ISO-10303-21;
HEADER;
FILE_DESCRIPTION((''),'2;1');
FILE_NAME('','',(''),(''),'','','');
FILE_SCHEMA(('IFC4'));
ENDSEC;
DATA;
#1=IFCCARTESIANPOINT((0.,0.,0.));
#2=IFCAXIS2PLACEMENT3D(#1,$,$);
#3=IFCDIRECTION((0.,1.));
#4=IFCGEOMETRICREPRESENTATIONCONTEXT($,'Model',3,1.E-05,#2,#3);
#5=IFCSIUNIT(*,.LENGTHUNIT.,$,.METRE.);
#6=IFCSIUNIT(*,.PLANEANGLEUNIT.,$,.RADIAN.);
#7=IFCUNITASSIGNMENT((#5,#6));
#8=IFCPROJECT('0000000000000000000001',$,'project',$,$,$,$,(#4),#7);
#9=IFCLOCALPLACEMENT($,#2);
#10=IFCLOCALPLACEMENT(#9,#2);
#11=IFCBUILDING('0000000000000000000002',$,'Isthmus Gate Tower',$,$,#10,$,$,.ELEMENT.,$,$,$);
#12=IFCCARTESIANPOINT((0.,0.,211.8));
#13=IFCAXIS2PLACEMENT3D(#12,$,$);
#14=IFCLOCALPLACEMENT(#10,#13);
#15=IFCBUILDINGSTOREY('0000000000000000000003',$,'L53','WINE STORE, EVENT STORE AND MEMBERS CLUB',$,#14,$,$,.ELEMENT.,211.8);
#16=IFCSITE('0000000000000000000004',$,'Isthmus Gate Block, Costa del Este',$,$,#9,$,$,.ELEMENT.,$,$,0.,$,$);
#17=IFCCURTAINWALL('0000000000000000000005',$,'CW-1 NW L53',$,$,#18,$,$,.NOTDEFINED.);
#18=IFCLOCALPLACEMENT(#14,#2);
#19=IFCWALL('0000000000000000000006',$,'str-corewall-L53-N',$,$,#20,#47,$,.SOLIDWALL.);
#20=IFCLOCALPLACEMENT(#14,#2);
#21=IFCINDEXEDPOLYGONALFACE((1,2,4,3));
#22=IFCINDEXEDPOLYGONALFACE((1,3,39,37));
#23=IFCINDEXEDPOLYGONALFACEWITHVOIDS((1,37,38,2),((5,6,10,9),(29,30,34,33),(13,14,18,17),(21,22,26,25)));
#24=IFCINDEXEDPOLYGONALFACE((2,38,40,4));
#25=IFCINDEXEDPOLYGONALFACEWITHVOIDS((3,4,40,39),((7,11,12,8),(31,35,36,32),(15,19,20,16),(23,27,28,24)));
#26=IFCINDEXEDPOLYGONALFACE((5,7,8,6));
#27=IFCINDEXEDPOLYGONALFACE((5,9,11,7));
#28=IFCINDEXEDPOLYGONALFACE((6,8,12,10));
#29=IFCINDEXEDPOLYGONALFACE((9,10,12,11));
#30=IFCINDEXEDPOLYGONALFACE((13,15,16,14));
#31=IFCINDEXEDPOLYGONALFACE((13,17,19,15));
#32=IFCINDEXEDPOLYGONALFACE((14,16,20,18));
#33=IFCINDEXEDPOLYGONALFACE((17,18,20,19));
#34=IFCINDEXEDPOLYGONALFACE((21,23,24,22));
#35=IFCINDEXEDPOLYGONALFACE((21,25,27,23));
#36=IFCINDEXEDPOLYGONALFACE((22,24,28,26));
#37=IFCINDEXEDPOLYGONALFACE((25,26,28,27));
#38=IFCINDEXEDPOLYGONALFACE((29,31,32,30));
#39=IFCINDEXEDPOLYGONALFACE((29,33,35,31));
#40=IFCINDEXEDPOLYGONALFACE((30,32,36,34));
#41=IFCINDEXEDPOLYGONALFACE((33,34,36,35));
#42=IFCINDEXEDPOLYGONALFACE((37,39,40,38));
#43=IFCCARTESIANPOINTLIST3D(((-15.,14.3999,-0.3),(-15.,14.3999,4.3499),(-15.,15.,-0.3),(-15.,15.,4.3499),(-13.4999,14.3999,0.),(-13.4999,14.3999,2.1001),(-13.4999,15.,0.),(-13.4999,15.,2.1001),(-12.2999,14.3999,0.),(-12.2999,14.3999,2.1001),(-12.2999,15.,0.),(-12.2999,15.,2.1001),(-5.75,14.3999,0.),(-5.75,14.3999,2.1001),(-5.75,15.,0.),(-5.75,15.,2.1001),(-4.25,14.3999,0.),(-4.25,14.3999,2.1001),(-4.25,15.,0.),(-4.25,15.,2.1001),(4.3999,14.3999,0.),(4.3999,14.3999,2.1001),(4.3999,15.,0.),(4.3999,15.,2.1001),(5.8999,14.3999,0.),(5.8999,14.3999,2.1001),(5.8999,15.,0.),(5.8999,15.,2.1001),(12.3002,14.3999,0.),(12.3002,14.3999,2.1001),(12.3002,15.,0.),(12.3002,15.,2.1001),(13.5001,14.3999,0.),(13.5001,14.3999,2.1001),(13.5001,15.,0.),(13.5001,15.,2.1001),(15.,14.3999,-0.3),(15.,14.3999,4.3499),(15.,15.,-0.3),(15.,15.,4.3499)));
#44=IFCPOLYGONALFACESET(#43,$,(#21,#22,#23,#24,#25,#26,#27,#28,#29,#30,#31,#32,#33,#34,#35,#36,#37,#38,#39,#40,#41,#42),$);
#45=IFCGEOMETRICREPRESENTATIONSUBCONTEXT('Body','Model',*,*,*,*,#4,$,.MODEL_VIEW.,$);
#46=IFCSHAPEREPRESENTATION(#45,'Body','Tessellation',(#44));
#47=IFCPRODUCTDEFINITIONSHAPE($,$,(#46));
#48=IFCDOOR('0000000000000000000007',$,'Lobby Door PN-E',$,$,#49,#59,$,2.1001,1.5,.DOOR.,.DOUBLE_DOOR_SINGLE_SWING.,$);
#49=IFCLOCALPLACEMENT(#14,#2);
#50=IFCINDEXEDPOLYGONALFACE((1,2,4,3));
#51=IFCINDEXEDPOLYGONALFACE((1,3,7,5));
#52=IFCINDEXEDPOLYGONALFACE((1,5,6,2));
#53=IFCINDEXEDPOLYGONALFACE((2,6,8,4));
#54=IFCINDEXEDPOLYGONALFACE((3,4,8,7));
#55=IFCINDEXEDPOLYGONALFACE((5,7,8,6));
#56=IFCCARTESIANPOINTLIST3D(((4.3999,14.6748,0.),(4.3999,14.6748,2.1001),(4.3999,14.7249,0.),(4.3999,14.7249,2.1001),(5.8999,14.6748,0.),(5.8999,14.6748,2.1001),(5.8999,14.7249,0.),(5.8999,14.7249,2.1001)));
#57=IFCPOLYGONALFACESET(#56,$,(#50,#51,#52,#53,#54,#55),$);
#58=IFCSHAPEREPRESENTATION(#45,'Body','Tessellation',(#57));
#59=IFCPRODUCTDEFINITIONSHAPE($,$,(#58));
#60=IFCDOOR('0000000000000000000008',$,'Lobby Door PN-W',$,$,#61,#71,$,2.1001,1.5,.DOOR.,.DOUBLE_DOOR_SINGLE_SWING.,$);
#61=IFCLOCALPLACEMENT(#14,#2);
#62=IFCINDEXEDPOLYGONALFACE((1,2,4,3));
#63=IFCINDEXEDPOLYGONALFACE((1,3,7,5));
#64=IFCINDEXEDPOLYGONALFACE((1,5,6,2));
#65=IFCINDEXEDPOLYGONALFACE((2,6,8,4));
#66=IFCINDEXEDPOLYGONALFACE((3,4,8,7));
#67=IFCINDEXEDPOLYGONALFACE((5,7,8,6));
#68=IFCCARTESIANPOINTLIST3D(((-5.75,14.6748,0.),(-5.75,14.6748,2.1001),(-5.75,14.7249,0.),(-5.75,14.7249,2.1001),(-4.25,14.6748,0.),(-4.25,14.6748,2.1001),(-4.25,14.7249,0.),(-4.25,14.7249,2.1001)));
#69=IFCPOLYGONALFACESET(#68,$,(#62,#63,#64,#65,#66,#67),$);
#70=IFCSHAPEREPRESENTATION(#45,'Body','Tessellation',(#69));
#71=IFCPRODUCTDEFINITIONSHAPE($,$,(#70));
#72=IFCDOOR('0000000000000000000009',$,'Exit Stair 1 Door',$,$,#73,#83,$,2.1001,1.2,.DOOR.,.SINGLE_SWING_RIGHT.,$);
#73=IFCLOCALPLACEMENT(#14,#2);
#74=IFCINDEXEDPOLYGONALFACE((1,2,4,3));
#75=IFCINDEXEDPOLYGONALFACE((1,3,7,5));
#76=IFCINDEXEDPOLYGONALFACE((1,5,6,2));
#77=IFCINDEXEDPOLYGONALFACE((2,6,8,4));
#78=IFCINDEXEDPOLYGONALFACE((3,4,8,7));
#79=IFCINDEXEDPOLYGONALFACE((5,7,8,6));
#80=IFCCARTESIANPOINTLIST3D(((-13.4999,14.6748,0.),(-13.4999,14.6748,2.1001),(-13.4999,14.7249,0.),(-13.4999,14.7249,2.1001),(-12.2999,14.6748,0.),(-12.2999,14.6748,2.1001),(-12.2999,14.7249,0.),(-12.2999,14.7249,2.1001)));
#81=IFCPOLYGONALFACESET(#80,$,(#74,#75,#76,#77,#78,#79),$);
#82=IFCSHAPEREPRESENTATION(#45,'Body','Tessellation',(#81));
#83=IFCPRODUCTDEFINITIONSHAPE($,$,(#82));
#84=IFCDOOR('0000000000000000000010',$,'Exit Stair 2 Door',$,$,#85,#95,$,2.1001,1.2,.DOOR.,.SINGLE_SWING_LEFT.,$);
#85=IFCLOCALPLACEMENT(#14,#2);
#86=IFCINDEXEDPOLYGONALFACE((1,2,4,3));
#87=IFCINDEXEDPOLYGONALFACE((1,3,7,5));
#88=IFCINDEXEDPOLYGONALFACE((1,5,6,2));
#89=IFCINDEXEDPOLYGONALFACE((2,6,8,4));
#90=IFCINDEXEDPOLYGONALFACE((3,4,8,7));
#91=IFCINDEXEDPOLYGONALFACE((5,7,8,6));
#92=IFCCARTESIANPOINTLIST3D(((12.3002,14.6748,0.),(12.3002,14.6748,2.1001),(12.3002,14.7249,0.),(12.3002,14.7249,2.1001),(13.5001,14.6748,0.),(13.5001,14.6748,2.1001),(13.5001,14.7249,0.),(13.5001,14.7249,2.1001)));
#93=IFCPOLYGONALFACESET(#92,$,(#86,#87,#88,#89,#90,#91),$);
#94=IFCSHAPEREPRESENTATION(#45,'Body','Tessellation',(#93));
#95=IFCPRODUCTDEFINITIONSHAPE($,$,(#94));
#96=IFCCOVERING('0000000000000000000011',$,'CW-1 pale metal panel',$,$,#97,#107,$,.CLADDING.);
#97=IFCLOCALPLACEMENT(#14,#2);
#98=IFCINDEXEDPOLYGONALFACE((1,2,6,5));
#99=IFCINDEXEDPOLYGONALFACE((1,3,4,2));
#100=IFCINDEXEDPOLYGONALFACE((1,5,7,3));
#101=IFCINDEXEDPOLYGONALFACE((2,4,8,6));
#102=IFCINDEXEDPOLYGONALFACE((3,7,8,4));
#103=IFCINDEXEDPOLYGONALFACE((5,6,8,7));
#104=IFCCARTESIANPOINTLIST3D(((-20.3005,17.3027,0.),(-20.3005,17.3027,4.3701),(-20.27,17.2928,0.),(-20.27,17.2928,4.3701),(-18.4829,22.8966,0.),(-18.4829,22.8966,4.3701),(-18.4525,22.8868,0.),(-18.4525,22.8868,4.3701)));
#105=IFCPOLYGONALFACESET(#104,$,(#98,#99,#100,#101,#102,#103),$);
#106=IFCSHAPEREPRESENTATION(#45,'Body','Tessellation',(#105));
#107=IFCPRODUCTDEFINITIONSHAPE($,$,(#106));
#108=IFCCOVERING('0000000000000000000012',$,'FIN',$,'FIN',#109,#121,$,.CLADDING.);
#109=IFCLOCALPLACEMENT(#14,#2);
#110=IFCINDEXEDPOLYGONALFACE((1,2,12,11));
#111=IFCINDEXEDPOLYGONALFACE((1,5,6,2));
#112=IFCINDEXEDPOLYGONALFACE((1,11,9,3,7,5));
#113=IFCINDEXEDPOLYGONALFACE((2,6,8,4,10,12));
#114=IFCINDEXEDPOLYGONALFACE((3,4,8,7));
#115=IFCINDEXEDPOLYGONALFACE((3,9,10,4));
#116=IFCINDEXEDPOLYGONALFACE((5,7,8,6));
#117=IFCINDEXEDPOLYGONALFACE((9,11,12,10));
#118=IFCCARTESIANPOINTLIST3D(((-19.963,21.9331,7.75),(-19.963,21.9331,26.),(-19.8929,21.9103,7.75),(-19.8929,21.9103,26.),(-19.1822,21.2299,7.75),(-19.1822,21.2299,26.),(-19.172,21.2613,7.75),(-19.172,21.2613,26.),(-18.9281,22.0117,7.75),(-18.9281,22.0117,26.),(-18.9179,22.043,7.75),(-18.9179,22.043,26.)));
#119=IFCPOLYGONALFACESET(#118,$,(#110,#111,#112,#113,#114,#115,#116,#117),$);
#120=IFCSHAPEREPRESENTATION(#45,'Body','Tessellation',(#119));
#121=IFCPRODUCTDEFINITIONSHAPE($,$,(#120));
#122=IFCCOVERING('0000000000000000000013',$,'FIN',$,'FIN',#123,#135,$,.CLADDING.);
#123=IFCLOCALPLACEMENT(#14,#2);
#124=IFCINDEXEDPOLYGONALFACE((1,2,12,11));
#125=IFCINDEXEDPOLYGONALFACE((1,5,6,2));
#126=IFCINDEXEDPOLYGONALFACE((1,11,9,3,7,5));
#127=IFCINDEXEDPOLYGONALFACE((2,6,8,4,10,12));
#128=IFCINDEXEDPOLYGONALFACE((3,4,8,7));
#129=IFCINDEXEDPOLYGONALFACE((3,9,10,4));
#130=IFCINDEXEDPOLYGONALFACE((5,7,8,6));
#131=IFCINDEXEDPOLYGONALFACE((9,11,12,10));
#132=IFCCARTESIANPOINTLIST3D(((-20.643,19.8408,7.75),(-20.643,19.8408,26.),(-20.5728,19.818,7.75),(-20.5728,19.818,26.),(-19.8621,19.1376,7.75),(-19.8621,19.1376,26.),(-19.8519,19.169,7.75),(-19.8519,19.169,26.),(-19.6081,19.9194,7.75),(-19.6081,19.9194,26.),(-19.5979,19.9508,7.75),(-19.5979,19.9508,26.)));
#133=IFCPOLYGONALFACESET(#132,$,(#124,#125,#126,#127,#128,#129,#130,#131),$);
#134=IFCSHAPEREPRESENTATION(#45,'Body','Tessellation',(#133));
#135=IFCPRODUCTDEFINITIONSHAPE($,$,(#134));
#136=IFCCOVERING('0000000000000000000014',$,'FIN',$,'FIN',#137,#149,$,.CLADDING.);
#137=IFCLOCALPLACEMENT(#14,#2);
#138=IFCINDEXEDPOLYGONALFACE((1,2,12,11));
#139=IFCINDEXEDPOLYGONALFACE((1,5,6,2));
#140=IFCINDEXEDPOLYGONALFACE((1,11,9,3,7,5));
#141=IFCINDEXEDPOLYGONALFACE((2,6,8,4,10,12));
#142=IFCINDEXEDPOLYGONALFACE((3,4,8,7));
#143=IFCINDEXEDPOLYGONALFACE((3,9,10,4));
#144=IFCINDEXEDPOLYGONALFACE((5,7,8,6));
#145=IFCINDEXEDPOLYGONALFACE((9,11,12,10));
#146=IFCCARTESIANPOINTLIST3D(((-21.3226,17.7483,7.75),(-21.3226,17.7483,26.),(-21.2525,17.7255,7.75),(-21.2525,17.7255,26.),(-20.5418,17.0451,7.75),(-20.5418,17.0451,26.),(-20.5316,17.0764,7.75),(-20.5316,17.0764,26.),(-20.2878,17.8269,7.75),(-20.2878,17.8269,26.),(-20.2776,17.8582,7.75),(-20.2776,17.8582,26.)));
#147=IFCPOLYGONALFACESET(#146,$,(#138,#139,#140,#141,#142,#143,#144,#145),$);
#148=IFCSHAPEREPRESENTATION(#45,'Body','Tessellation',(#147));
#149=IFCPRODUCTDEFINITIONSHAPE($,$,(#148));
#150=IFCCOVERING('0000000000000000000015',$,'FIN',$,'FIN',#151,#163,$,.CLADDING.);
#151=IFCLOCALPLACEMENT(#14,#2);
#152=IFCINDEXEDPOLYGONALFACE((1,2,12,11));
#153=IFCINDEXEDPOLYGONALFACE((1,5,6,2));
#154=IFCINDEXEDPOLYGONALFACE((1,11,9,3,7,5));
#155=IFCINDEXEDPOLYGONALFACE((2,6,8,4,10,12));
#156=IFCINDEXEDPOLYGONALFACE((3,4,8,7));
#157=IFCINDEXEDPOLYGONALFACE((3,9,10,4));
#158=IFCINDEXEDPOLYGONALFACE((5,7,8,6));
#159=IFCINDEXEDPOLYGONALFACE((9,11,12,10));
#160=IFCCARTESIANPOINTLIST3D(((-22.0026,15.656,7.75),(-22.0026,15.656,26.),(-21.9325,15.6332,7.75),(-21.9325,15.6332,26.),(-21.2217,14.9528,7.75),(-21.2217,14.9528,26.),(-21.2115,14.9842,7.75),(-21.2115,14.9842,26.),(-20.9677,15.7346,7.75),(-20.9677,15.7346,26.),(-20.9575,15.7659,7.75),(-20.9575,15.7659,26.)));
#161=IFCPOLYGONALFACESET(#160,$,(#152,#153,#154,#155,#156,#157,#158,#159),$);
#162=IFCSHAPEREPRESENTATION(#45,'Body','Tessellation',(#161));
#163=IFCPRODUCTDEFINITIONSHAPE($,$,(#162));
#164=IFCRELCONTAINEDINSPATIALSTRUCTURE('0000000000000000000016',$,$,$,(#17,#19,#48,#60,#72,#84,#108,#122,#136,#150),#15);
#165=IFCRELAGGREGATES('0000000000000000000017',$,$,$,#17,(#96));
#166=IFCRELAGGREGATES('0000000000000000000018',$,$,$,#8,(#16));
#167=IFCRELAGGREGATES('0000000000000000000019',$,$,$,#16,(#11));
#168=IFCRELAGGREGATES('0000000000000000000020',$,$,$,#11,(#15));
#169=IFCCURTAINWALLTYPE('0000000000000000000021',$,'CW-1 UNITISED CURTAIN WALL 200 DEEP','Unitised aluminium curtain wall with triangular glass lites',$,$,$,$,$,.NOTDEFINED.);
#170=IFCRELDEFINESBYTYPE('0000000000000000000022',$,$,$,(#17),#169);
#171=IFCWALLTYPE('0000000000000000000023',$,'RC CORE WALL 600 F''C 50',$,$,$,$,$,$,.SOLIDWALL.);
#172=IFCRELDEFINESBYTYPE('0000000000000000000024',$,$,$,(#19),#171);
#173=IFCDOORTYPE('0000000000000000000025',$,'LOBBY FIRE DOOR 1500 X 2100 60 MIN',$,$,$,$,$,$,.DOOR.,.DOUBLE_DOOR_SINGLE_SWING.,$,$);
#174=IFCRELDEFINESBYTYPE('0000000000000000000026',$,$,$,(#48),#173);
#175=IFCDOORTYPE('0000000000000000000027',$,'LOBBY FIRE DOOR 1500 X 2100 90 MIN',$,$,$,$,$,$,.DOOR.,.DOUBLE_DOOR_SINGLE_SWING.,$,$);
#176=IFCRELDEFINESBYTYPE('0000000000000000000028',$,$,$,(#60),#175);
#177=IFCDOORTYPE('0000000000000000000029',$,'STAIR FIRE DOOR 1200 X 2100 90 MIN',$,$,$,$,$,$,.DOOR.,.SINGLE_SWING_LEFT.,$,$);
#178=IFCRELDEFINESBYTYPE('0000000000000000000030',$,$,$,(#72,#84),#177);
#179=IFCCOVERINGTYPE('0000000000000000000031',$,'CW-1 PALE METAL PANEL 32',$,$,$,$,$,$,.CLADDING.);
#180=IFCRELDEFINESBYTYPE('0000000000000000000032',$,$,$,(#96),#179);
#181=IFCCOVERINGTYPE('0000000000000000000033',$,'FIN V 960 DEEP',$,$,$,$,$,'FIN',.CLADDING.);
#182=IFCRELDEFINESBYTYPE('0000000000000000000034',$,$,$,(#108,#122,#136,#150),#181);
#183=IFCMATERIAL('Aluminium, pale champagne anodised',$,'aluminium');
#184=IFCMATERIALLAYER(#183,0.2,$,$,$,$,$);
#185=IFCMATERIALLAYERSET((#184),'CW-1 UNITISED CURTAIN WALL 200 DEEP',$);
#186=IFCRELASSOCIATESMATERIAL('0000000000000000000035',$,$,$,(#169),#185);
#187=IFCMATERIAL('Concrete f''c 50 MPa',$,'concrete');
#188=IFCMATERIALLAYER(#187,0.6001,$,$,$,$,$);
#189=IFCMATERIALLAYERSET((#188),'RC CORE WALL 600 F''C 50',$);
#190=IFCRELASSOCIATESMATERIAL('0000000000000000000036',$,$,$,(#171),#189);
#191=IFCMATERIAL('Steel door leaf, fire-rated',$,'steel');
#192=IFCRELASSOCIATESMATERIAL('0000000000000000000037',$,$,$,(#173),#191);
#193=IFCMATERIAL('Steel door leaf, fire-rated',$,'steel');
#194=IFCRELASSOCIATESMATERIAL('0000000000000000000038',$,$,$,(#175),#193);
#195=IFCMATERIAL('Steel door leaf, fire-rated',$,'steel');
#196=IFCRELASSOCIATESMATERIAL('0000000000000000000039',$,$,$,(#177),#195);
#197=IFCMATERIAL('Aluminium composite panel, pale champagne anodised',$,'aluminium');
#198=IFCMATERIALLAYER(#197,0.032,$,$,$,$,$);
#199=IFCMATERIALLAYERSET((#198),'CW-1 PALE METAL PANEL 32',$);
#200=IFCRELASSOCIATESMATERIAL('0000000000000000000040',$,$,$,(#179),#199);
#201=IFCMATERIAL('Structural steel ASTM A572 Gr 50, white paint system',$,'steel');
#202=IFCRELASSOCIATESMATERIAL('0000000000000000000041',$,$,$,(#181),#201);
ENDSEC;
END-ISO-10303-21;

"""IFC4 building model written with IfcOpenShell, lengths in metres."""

from ifc_helpers import new_model, si_unit, direction, frame, frame_2d, origin, origin_2d, place, context, subcontext, project, spatial, polyline, rectangle, outline, extrude, material, layer, layer_set, material_profile, profile_set, type_object, element, fill, aggregate, save


model = new_model("IFC4")

# Units and contexts
model_context = context("Model", 3, precision=1e-05, world=origin(), true_north=direction((0.0, 1.0)))
body_context = subcontext(model_context, "Body", "Model", "MODEL_VIEW")
ifc_project = project(units=[si_unit("LENGTHUNIT", "METRE"), si_unit("PLANEANGLEUNIT", "RADIAN")], contexts=[model_context])

# Site, building, storey
site_placement = place(None, origin())
site = spatial("IfcSite", under=ifc_project, at=site_placement, Name="Isthmus Gate Block, Costa del Este", CompositionType="ELEMENT", RefElevation=0.0)
building_placement = place(site_placement, origin())
building = spatial("IfcBuilding", under=site, at=building_placement, Name="Isthmus Gate Tower", CompositionType="ELEMENT")
storey_placement = place(building_placement, frame((0.0, 0.0, 211.8)))
storey = spatial("IfcBuildingStorey", under=building, at=storey_placement, Name="L53", Description="WINE STORE, EVENT STORE AND MEMBERS CLUB", CompositionType="ELEMENT", Elevation=211.8)

# Curtain wall
ifc_material_1 = material(Name="Aluminium, pale champagne anodised", Category="aluminium")
ifc_layer_1 = layer(ifc_material_1, 0.2)
ifc_layer_set_1 = layer_set([ifc_layer_1], Name="CW-1 UNITISED CURTAIN WALL 200 DEEP")
curtain_wall_type = type_object("IfcCurtainWallType", Name="CW-1 UNITISED CURTAIN WALL 200 DEEP", Description="Unitised aluminium curtain wall with triangular glass lites", PredefinedType="NOTDEFINED", material=ifc_layer_set_1)
curtain_wall_1_placement = place(storey_placement, origin())
curtain_wall_1 = element("IfcCurtainWall", 1, at=curtain_wall_1_placement, inside=storey, type_object=curtain_wall_type, Name="CW-1 NW L53", PredefinedType="NOTDEFINED")

# Wall, openings, doors
ifc_material_2 = material(Name="Concrete f'c 50 MPa", Category="concrete")
ifc_layer_2 = layer(ifc_material_2, 0.6001)
ifc_layer_set_2 = layer_set([ifc_layer_2], Name="RC CORE WALL 600 F'C 50")
wall_type_1 = type_object("IfcWallType", Name="RC CORE WALL 600 F'C 50", PredefinedType="SOLIDWALL", material=ifc_layer_set_2)
wall_1_placement = place(storey_placement, frame((-15.0, 14.7, -0.3), z_axis=(0.0, 0.0, 1.0), x_axis=(1.0, 0.0, 0.0)))
wall_1 = element("IfcWall", 2, at=wall_1_placement, inside=storey, type_object=wall_type_1, Name="str-corewall-L53-N", PredefinedType="SOLIDWALL", context=body_context, shape_type="SweptSolid", body=[
    extrude(rectangle(XDim=30.0, YDim=0.6001, at=frame_2d((15.0, 0.0))), origin(), (0.0, 0.0, 1.0), 4.6499),
])
opening_1_placement = place(wall_1_placement, frame((9.25, 0.0, 0.3)))
opening_1 = element("IfcOpeningElement", 3, at=opening_1_placement, cuts=wall_1, PredefinedType="OPENING", context=body_context, shape_type="SweptSolid", body=[
    extrude(rectangle(XDim=1.5, YDim=2.1001, at=frame_2d((0.75, 1.05))), frame((0.0, 0.3101, 0.0), z_axis=(0.0, -1.0, 0.0), x_axis=(1.0, 0.0, 0.0)), (0.0, 0.0, 1.0), 0.6201),
])
opening_2_placement = place(wall_1_placement, frame((19.3999, 0.0, 0.3)))
opening_2 = element("IfcOpeningElement", 4, at=opening_2_placement, cuts=wall_1, PredefinedType="OPENING", context=body_context, shape_type="SweptSolid", body=[
    extrude(rectangle(XDim=1.5, YDim=2.1001, at=frame_2d((0.75, 1.05))), frame((0.0, 0.3101, 0.0), z_axis=(0.0, -1.0, 0.0), x_axis=(1.0, 0.0, 0.0)), (0.0, 0.0, 1.0), 0.6201),
])
opening_3_placement = place(wall_1_placement, frame((1.5, 0.0, 0.3)))
opening_3 = element("IfcOpeningElement", 5, at=opening_3_placement, cuts=wall_1, PredefinedType="OPENING", context=body_context, shape_type="SweptSolid", body=[
    extrude(rectangle(XDim=1.2, YDim=2.1001, at=frame_2d((0.6001, 1.05))), frame((0.0, 0.3101, 0.0), z_axis=(0.0, -1.0, 0.0), x_axis=(1.0, 0.0, 0.0)), (0.0, 0.0, 1.0), 0.6201),
])
opening_4_placement = place(wall_1_placement, frame((27.3, 0.0, 0.3)))
opening_4 = element("IfcOpeningElement", 6, at=opening_4_placement, cuts=wall_1, PredefinedType="OPENING", context=body_context, shape_type="SweptSolid", body=[
    extrude(rectangle(XDim=1.2, YDim=2.1001, at=frame_2d((0.6001, 1.05))), frame((0.0, 0.3101, 0.0), z_axis=(0.0, -1.0, 0.0), x_axis=(1.0, 0.0, 0.0)), (0.0, 0.0, 1.0), 0.6201),
])
ifc_material_3 = material(Name="Steel door leaf, fire-rated", Category="steel")
door_type_1 = type_object("IfcDoorType", Name="LOBBY FIRE DOOR 1500 X 2100 60 MIN", OperationType="DOUBLE_DOOR_SINGLE_SWING", PredefinedType="DOOR", material=ifc_material_3)
door_1_placement = place(opening_2_placement, origin())
door_1 = element("IfcDoor", 7, at=door_1_placement, inside=storey, type_object=door_type_1, Name="Lobby Door PN-E", OperationType="DOUBLE_DOOR_SINGLE_SWING", OverallHeight=2.1001, OverallWidth=1.5, PredefinedType="DOOR", context=body_context, shape_type="SweptSolid", body=[
    extrude(rectangle(XDim=1.5, YDim=2.1001, at=frame_2d((0.75, 1.05))), frame((0.0, 0.0249, 0.0), z_axis=(0.0, -1.0, 0.0), x_axis=(1.0, 0.0, 0.0)), (0.0, 0.0, 1.0), 0.05),
])
fill(opening_2, door_1)
ifc_material_4 = material(Name="Steel door leaf, fire-rated", Category="steel")
door_type_2 = type_object("IfcDoorType", Name="LOBBY FIRE DOOR 1500 X 2100 90 MIN", OperationType="DOUBLE_DOOR_SINGLE_SWING", PredefinedType="DOOR", material=ifc_material_4)
door_2_placement = place(opening_1_placement, origin())
door_2 = element("IfcDoor", 8, at=door_2_placement, inside=storey, type_object=door_type_2, Name="Lobby Door PN-W", OperationType="DOUBLE_DOOR_SINGLE_SWING", OverallHeight=2.1001, OverallWidth=1.5, PredefinedType="DOOR", context=body_context, shape_type="SweptSolid", body=[
    extrude(rectangle(XDim=1.5, YDim=2.1001, at=frame_2d((0.75, 1.05))), frame((0.0, 0.0249, 0.0), z_axis=(0.0, -1.0, 0.0), x_axis=(1.0, 0.0, 0.0)), (0.0, 0.0, 1.0), 0.05),
])
fill(opening_1, door_2)
ifc_material_5 = material(Name="Steel door leaf, fire-rated", Category="steel")
door_type_3 = type_object("IfcDoorType", Name="STAIR FIRE DOOR 1200 X 2100 90 MIN", OperationType="SINGLE_SWING_LEFT", PredefinedType="DOOR", material=ifc_material_5)
door_3_placement = place(opening_3_placement, origin())
door_3 = element("IfcDoor", 9, at=door_3_placement, inside=storey, type_object=door_type_3, Name="Exit Stair 1 Door", OperationType="SINGLE_SWING_RIGHT", OverallHeight=2.1001, OverallWidth=1.2, PredefinedType="DOOR", context=body_context, shape_type="SweptSolid", body=[
    extrude(rectangle(XDim=1.2, YDim=2.1001, at=frame_2d((0.6001, 1.05))), frame((0.0, 0.0249, 0.0), z_axis=(0.0, -1.0, 0.0), x_axis=(1.0, 0.0, 0.0)), (0.0, 0.0, 1.0), 0.05),
])
fill(opening_3, door_3)
door_4_placement = place(opening_4_placement, origin())
door_4 = element("IfcDoor", 10, at=door_4_placement, inside=storey, type_object=door_type_3, Name="Exit Stair 2 Door", OperationType="SINGLE_SWING_LEFT", OverallHeight=2.1001, OverallWidth=1.2, PredefinedType="DOOR", context=body_context, shape_type="SweptSolid", body=[
    extrude(rectangle(XDim=1.2, YDim=2.1001, at=frame_2d((0.6001, 1.05))), frame((0.0, 0.0249, 0.0), z_axis=(0.0, -1.0, 0.0), x_axis=(1.0, 0.0, 0.0)), (0.0, 0.0, 1.0), 0.05),
])
fill(opening_4, door_4)

# Covering
ifc_material_6 = material(Name="Aluminium composite panel, pale champagne anodised", Category="aluminium")
ifc_layer_3 = layer(ifc_material_6, 0.032)
ifc_layer_set_3 = layer_set([ifc_layer_3], Name="CW-1 PALE METAL PANEL 32")
covering_type_1 = type_object("IfcCoveringType", Name="CW-1 PALE METAL PANEL 32", PredefinedType="CLADDING", material=ifc_layer_set_3)
covering_placement = place(storey_placement, frame((-19.3765, 20.0947, 0.0), z_axis=(0.0, 0.0, 1.0), x_axis=(-0.309017, -0.951057, 0.0)))
covering = element("IfcCovering", 11, at=covering_placement, type_object=covering_type_1, Name="CW-1 pale metal panel", PredefinedType="CLADDING", context=body_context, shape_type="SweptSolid", body=[
    extrude(rectangle(XDim=5.8818, YDim=0.032, at=origin_2d()), origin(), (0.0, 0.0, 1.0), 4.3701),
])
aggregate(curtain_wall_1, [covering])

# Coverings
ifc_material_7 = material(Name="Structural steel ASTM A572 Gr 50, white paint system", Category="steel")
ifc_material_profile_1 = material_profile(ifc_material_7, outline(polyline([(0.0, -0.4275), (0.96, 0.0), (0.0, 0.4275), (0.0, 0.3945), (0.8862, 0.0), (0.0, -0.3945), (0.0, -0.4275)])), Name="V960")
ifc_profile_set_1 = profile_set([ifc_material_profile_1], Name="Structural steel ASTM A572 Gr 50, white paint system")
covering_type_2 = type_object("IfcCoveringType", Name="FIN V 960 DEEP", ElementType="FIN", PredefinedType="CLADDING", material=ifc_profile_set_1)
for number, where, z_axis, x_axis, name in (
    (12, (-19.05, 21.6365, 7.75), (0.0, 0.0, 1.0), (-0.951057, 0.309017, 0.0), "FIN"),
    (13, (-19.73, 19.5442, 7.75), (0.0, 0.0, 1.0), (-0.951057, 0.309017, 0.0), "FIN"),
    (14, (-20.4097, 17.4517, 7.75), (0.0, 0.0, 1.0), (-0.951057, 0.309017, 0.0), "FIN"),
    (15, (-21.0896, 15.3594, 7.75), (0.0, 0.0, 1.0), (-0.951057, 0.309017, 0.0), "FIN"),
):
    element("IfcCovering", number, at=place(storey_placement, frame(where, z_axis=z_axis, x_axis=x_axis)), inside=storey, type_object=covering_type_2, Name=name, ObjectType="FIN", PredefinedType="CLADDING", context=body_context, shape_type="SweptSolid", body=[
        extrude(outline(polyline([(0.0, -0.4275), (0.96, 0.0), (0.0, 0.4275), (0.0, 0.3945), (0.8862, 0.0), (0.0, -0.3945), (0.0, -0.4275)])), origin(), (0.0, 0.0, 1.0), 18.25),
    ])

save(model, "model.ifc")
